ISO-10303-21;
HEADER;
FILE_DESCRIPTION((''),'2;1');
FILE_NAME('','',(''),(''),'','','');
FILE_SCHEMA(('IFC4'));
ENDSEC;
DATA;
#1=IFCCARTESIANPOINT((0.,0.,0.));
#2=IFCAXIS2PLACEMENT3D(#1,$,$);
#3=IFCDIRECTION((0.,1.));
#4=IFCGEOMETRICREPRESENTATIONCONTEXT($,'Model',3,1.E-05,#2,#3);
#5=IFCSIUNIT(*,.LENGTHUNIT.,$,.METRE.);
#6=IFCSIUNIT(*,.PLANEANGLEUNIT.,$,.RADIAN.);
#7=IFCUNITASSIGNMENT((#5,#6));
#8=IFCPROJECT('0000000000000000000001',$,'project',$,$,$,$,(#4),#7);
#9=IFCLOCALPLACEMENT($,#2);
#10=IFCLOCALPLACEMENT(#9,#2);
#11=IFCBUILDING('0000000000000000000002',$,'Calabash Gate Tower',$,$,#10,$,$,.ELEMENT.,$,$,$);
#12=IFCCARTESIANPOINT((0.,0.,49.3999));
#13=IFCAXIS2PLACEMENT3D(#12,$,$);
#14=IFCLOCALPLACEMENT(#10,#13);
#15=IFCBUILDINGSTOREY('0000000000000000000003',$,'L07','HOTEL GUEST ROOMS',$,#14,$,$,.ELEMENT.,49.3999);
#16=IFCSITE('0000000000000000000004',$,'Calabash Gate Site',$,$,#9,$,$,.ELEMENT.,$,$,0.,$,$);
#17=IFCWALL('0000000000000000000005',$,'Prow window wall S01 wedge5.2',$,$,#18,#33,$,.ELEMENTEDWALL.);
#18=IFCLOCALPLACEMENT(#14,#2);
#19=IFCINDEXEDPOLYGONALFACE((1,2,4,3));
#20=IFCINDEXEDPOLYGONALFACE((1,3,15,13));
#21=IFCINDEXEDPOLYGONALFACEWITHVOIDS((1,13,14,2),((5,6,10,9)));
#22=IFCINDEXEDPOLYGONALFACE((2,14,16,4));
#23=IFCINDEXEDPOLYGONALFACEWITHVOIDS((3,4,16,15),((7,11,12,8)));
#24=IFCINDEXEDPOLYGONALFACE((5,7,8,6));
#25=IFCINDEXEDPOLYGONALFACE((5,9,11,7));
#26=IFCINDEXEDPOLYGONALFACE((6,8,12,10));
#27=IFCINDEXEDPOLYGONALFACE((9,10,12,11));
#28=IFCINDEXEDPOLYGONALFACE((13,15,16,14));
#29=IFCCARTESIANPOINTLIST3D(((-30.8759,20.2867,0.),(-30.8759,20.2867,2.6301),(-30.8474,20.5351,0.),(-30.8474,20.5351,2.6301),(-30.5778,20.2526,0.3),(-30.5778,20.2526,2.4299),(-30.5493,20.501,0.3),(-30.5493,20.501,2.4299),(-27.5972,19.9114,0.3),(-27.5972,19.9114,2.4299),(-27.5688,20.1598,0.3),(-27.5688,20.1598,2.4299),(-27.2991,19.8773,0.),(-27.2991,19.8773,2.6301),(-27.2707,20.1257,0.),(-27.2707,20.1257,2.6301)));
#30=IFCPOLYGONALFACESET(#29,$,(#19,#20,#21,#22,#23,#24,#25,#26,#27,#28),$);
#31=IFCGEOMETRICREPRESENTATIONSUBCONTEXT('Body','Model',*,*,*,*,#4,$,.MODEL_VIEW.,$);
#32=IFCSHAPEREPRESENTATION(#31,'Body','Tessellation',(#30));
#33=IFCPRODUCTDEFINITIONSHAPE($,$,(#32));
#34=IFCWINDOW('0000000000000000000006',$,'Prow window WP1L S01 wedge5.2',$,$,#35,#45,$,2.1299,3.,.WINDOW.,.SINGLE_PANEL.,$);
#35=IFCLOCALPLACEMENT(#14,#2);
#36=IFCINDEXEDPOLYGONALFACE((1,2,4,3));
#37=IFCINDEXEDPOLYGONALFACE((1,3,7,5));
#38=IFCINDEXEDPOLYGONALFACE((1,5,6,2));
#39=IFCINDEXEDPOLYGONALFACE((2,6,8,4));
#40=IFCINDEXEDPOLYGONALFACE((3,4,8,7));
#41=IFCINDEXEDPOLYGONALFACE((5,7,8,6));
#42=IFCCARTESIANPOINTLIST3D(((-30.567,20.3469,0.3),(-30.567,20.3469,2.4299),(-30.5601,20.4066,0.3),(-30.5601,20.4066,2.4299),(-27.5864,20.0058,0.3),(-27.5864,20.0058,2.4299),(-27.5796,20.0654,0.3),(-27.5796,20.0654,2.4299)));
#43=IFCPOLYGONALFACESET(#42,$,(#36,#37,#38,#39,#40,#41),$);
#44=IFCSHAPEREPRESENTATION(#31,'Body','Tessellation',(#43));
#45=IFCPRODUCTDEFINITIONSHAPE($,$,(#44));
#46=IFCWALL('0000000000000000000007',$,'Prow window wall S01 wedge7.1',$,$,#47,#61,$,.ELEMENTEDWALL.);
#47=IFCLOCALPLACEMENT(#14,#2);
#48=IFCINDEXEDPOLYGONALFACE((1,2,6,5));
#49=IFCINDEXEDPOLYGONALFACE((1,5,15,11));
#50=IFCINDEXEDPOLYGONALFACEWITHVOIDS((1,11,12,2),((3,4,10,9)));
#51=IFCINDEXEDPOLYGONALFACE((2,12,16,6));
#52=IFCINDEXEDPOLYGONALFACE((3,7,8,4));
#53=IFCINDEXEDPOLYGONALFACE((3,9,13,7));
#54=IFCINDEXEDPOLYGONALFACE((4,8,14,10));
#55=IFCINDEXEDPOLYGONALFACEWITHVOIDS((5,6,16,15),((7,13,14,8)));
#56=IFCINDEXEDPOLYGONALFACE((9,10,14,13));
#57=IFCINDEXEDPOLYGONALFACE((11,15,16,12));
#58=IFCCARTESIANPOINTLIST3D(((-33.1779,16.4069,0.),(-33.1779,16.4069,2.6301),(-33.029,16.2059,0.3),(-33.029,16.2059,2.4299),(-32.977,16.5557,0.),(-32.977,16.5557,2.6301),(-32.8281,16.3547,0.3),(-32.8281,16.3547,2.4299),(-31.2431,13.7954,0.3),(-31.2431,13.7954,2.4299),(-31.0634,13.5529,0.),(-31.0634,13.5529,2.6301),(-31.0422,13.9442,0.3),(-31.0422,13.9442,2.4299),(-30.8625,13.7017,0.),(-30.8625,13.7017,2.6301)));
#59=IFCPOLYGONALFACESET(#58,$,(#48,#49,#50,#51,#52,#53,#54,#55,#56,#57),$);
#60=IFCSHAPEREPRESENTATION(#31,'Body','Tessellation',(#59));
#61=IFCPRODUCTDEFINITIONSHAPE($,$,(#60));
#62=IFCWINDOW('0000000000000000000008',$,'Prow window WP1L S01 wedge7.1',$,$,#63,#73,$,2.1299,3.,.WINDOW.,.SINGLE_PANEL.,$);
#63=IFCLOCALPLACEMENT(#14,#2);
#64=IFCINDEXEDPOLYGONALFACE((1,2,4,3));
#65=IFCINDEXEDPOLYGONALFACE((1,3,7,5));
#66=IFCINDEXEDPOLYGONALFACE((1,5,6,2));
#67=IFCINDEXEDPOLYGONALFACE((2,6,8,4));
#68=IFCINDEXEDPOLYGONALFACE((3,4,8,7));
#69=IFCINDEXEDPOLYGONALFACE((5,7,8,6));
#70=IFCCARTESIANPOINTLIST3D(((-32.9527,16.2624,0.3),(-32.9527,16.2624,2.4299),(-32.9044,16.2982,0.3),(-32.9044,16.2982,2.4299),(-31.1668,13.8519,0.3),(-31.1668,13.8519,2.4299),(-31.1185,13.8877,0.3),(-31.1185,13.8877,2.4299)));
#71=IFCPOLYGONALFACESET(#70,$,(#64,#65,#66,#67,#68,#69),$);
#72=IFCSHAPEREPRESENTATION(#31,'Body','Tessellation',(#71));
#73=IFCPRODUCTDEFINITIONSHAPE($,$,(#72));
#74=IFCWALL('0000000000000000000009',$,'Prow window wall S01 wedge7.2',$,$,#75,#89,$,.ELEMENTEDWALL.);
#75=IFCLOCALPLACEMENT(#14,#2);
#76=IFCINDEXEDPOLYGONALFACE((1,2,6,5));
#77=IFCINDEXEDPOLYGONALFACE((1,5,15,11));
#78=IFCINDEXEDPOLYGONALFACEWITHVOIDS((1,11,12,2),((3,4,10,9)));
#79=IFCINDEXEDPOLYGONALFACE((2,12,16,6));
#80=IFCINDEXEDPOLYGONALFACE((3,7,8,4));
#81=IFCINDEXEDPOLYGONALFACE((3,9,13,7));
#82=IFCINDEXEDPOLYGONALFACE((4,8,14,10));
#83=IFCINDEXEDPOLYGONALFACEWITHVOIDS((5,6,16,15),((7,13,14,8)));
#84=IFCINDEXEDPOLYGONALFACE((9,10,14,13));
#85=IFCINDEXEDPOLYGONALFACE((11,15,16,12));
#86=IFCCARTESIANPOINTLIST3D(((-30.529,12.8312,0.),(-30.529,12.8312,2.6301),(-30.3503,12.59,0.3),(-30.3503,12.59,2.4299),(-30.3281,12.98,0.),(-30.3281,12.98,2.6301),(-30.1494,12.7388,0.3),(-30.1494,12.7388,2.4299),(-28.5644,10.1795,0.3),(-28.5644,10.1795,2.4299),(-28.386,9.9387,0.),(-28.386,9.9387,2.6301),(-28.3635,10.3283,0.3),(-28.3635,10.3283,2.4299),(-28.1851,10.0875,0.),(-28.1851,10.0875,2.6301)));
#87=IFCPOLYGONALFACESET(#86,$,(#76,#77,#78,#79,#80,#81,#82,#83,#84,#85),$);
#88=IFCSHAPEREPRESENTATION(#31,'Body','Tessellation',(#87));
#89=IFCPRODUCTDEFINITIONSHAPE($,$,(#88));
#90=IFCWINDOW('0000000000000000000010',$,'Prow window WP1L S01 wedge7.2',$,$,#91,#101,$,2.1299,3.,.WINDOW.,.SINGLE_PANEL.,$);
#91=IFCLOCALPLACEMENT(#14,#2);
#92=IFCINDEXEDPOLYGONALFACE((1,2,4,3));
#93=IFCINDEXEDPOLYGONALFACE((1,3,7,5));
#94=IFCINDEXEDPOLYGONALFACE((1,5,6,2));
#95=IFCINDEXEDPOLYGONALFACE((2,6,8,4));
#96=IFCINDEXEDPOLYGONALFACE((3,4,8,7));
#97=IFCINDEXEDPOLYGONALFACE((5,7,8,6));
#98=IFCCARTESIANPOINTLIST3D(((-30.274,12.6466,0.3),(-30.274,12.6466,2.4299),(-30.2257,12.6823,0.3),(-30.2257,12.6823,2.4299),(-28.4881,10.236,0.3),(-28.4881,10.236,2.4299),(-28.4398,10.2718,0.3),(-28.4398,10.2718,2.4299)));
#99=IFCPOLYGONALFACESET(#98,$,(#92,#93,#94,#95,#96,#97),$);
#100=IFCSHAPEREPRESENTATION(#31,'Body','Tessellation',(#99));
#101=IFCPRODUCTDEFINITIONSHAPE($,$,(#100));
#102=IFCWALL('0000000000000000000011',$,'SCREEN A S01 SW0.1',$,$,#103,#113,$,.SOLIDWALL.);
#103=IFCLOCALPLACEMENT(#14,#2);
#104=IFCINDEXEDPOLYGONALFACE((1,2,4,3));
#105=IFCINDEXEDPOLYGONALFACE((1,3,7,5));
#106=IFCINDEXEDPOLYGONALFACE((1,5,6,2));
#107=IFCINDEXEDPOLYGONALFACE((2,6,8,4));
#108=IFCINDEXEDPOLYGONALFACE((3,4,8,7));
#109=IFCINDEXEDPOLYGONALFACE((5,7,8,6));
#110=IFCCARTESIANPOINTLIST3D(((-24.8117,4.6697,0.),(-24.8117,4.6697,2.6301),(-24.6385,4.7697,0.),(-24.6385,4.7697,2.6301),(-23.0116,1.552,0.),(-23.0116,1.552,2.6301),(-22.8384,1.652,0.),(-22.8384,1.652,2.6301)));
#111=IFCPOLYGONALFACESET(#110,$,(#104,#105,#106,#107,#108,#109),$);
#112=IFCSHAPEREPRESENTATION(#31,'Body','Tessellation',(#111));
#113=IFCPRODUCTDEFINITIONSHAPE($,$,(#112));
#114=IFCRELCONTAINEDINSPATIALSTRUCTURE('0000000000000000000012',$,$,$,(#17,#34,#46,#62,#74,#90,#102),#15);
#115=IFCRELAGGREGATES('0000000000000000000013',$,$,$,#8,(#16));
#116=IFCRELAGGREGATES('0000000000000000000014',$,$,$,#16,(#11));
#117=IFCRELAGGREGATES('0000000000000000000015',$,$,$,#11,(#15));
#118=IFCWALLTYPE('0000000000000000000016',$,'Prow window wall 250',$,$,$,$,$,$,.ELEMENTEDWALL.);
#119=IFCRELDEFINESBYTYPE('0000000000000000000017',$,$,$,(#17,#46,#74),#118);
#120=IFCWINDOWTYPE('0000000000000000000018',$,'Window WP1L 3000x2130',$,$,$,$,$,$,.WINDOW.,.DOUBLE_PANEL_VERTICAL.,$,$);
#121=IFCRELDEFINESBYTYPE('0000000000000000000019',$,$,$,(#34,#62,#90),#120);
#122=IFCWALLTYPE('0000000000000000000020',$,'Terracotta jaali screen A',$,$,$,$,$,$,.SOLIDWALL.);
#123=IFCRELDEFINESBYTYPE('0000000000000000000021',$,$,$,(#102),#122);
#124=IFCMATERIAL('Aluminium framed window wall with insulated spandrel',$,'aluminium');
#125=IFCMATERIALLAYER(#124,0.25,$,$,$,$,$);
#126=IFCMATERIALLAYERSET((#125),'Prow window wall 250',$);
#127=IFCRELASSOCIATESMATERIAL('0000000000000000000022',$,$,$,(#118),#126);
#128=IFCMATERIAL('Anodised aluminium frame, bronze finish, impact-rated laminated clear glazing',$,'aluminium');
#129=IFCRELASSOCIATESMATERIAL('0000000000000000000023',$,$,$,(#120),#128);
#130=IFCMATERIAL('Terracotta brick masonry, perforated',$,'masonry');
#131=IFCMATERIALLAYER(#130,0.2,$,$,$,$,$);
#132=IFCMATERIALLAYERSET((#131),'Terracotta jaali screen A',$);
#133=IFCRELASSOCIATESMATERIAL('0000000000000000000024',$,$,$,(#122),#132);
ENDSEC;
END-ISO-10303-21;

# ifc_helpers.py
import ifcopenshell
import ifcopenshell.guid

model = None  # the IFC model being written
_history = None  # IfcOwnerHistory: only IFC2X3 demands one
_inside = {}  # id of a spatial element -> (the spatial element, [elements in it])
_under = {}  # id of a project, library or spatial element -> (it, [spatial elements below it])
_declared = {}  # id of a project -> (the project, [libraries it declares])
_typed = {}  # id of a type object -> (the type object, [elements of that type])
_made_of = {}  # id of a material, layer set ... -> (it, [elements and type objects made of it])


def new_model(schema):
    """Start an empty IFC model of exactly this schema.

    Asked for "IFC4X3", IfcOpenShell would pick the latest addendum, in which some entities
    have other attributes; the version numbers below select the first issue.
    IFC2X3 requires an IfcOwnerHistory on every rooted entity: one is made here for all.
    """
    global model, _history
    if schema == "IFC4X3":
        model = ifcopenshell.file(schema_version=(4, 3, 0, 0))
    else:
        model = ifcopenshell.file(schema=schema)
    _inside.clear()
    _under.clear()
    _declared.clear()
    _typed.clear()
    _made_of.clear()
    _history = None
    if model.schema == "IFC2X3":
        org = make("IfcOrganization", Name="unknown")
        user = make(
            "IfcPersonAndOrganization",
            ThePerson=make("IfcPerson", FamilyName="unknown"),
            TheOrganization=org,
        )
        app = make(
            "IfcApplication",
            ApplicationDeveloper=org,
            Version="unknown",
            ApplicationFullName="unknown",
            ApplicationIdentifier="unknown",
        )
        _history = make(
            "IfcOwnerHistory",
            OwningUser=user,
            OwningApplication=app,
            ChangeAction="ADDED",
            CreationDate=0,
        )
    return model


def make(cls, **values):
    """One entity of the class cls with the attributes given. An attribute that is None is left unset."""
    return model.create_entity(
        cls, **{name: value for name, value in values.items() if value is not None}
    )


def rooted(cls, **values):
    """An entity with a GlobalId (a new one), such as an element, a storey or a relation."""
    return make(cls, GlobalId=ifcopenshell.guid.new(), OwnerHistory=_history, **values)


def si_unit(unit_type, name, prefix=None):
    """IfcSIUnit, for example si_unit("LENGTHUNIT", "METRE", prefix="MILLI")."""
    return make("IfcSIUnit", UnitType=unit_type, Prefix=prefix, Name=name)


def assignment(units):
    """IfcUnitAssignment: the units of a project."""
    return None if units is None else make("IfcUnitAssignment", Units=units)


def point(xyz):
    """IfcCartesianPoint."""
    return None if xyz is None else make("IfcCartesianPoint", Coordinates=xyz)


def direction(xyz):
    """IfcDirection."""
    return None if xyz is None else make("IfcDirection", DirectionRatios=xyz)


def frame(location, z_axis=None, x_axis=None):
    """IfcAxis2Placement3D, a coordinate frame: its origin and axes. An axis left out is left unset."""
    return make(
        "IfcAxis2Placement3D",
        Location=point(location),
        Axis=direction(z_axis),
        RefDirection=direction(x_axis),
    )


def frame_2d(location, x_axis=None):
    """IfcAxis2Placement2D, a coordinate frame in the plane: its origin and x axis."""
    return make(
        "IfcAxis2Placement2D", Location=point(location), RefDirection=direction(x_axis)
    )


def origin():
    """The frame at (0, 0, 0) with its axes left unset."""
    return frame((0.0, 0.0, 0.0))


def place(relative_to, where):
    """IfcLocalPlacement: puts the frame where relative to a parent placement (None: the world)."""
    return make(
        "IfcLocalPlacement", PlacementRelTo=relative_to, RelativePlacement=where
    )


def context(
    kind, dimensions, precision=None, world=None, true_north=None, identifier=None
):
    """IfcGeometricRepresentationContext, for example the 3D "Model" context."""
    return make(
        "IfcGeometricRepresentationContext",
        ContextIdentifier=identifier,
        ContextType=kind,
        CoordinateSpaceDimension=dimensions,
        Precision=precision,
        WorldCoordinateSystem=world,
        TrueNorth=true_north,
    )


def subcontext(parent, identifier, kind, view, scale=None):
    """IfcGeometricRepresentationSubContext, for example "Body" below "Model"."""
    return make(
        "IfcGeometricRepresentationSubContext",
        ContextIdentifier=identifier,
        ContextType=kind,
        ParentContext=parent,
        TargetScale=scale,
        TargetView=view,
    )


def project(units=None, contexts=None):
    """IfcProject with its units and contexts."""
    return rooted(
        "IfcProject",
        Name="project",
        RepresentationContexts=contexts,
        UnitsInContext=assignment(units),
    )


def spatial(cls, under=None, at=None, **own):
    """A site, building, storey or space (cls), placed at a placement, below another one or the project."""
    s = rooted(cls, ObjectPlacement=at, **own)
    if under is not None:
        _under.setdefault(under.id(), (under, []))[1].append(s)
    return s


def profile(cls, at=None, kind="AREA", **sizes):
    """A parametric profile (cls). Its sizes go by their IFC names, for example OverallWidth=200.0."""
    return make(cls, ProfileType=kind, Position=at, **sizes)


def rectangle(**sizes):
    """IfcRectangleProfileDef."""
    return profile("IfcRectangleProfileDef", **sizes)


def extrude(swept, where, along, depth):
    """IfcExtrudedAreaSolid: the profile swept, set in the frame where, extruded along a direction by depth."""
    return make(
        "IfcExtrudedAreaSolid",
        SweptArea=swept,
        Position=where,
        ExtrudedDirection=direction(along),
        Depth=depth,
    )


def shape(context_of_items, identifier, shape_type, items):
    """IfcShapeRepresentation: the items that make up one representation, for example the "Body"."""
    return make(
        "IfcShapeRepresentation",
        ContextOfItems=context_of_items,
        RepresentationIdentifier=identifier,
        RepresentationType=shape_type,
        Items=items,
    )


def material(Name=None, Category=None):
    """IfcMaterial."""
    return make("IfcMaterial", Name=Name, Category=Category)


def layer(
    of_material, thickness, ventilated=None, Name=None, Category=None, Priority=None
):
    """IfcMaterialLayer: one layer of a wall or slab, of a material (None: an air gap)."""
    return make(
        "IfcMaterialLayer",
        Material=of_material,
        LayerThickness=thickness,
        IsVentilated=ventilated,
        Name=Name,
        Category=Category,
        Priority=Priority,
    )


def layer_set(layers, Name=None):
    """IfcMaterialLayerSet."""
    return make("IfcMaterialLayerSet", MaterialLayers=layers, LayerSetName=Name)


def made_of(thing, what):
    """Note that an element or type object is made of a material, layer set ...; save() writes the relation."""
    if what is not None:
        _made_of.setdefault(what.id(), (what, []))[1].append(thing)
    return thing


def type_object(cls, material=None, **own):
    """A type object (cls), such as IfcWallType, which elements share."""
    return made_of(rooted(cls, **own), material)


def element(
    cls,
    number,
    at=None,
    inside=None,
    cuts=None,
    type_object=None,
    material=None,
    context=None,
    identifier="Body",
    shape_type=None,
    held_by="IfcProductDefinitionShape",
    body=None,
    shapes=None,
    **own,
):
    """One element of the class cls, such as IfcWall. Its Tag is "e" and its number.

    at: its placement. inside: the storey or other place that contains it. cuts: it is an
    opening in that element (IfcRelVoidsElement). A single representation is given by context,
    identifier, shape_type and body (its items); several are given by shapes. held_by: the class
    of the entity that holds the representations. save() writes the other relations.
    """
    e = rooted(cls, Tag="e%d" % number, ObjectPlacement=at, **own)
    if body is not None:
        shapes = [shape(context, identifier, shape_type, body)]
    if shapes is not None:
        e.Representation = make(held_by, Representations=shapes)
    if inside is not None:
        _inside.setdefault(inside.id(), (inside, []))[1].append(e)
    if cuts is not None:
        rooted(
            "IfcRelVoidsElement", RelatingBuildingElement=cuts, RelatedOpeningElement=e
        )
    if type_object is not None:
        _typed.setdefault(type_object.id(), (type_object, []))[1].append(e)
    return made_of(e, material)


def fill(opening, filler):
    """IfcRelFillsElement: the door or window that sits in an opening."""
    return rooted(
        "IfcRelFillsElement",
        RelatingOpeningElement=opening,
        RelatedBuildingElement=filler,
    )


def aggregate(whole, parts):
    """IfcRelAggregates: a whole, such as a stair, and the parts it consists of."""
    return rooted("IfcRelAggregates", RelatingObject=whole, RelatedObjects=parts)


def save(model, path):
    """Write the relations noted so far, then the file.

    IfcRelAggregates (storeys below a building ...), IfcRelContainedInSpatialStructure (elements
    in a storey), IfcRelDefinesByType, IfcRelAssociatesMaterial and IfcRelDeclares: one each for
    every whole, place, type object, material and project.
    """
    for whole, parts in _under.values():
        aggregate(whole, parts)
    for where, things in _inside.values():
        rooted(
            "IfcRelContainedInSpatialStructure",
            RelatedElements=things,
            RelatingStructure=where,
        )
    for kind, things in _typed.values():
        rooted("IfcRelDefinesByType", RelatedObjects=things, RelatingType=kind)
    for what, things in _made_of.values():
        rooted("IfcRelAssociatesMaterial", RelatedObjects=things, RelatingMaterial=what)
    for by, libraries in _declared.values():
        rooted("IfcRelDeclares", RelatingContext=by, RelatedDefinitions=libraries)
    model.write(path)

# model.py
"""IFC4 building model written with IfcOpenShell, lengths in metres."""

from ifc_helpers import new_model, si_unit, direction, frame, frame_2d, origin, place, context, subcontext, project, spatial, rectangle, extrude, material, layer, layer_set, type_object, element, fill, save


model = new_model("IFC4")

# Units and contexts
model_context = context("Model", 3, precision=1e-05, world=origin(), true_north=direction((0.0, 1.0)))
body_context = subcontext(model_context, "Body", "Model", "MODEL_VIEW")
ifc_project = project(units=[si_unit("LENGTHUNIT", "METRE"), si_unit("PLANEANGLEUNIT", "RADIAN")], contexts=[model_context])

# Site, building, storey
site_placement = place(None, origin())
site = spatial("IfcSite", under=ifc_project, at=site_placement, Name="Calabash Gate Site", CompositionType="ELEMENT", RefElevation=0.0)
building_placement = place(site_placement, origin())
building = spatial("IfcBuilding", under=site, at=building_placement, Name="Calabash Gate Tower", CompositionType="ELEMENT")
storey_placement = place(building_placement, frame((0.0, 0.0, 49.3999)))
storey = spatial("IfcBuildingStorey", under=building, at=storey_placement, Name="L07", Description="HOTEL GUEST ROOMS", CompositionType="ELEMENT", Elevation=49.3999)

# Walls, openings, windows
ifc_material_1 = material(Name="Aluminium framed window wall with insulated spandrel", Category="aluminium")
ifc_layer_1 = layer(ifc_material_1, 0.25)
ifc_layer_set_1 = layer_set([ifc_layer_1], Name="Prow window wall 250")
wall_type_1 = type_object("IfcWallType", Name="Prow window wall 250", PredefinedType="ELEMENTEDWALL", material=ifc_layer_set_1)
wall_1_placement = place(storey_placement, frame((-27.2849, 20.0015, 0.0), z_axis=(0.0, 0.0, 1.0), x_axis=(-0.993512, 0.113728, 0.0)))
wall_1 = element("IfcWall", 1, at=wall_1_placement, inside=storey, type_object=wall_type_1, Name="Prow window wall S01 wedge5.2", PredefinedType="ELEMENTEDWALL", context=body_context, shape_type="SweptSolid", body=[
    extrude(rectangle(XDim=3.6001, YDim=0.25, at=frame_2d((1.8, 0.0))), origin(), (0.0, 0.0, 1.0), 2.6301),
])
opening_1_placement = place(wall_1_placement, frame((0.3, 0.0, 0.3)))
opening_1 = element("IfcOpeningElement", 2, at=opening_1_placement, cuts=wall_1, PredefinedType="OPENING", context=body_context, shape_type="SweptSolid", body=[
    extrude(rectangle(XDim=3.0, YDim=2.1299, at=frame_2d((1.5, 1.0649))), frame((0.0, 0.135, 0.0), z_axis=(0.0, -1.0, 0.0), x_axis=(1.0, 0.0, 0.0)), (0.0, 0.0, 1.0), 0.27),
])
ifc_material_2 = material(Name="Anodised aluminium frame, bronze finish, impact-rated laminated clear glazing", Category="aluminium")
window_type = type_object("IfcWindowType", Name="Window WP1L 3000x2130", PartitioningType="DOUBLE_PANEL_VERTICAL", PredefinedType="WINDOW", material=ifc_material_2)
window_1_placement = place(opening_1_placement, origin())
window_1 = element("IfcWindow", 3, at=window_1_placement, inside=storey, type_object=window_type, Name="Prow window WP1L S01 wedge5.2", OverallHeight=2.1299, OverallWidth=3.0, PartitioningType="SINGLE_PANEL", PredefinedType="WINDOW", context=body_context, shape_type="SweptSolid", body=[
    extrude(rectangle(XDim=3.0, YDim=2.1299, at=frame_2d((1.5, 1.0649))), frame((0.0, 0.03, 0.0), z_axis=(0.0, -1.0, 0.0), x_axis=(1.0, 0.0, 0.0)), (0.0, 0.0, 1.0), 0.0601),
])
fill(opening_1, window_1)
wall_2_placement = place(storey_placement, frame((-33.0774, 16.4812, 0.0), z_axis=(0.0, 0.0, 1.0), x_axis=(0.595305, -0.8035, 0.0)))
wall_2 = element("IfcWall", 4, at=wall_2_placement, inside=storey, type_object=wall_type_1, Name="Prow window wall S01 wedge7.1", PredefinedType="ELEMENTEDWALL", context=body_context, shape_type="SweptSolid", body=[
    extrude(rectangle(XDim=3.552, YDim=0.25, at=frame_2d((1.7759, 0.0))), origin(), (0.0, 0.0, 1.0), 2.6301),
])
opening_2_placement = place(wall_2_placement, frame((0.25, 0.0, 0.3)))
opening_2 = element("IfcOpeningElement", 5, at=opening_2_placement, cuts=wall_2, PredefinedType="OPENING", context=body_context, shape_type="SweptSolid", body=[
    extrude(rectangle(XDim=3.0, YDim=2.1299, at=frame_2d((1.5, 1.0649))), frame((0.0, 0.135, 0.0), z_axis=(0.0, -1.0, 0.0), x_axis=(1.0, 0.0, 0.0)), (0.0, 0.0, 1.0), 0.27),
])
window_2_placement = place(opening_2_placement, origin())
window_2 = element("IfcWindow", 6, at=window_2_placement, inside=storey, type_object=window_type, Name="Prow window WP1L S01 wedge7.1", OverallHeight=2.1299, OverallWidth=3.0, PartitioningType="SINGLE_PANEL", PredefinedType="WINDOW", context=body_context, shape_type="SweptSolid", body=[
    extrude(rectangle(XDim=3.0, YDim=2.1299, at=frame_2d((1.5, 1.0649))), frame((0.0, 0.03, 0.0), z_axis=(0.0, -1.0, 0.0), x_axis=(1.0, 0.0, 0.0)), (0.0, 0.0, 1.0), 0.0601),
])
fill(opening_2, window_2)
wall_3_placement = place(storey_placement, frame((-30.4285, 12.9055, 0.0), z_axis=(0.0, 0.0, 1.0), x_axis=(0.595302, -0.803502, 0.0)))
wall_3 = element("IfcWall", 7, at=wall_3_placement, inside=storey, type_object=wall_type_1, Name="Prow window wall S01 wedge7.2", PredefinedType="ELEMENTEDWALL", context=body_context, shape_type="SweptSolid", body=[
    extrude(rectangle(XDim=3.5999, YDim=0.25, at=frame_2d((1.7998, 0.0))), origin(), (0.0, 0.0, 1.0), 2.6301),
])
opening_3_placement = place(wall_3_placement, frame((0.3, 0.0, 0.3)))
opening_3 = element("IfcOpeningElement", 8, at=opening_3_placement, cuts=wall_3, PredefinedType="OPENING", context=body_context, shape_type="SweptSolid", body=[
    extrude(rectangle(XDim=3.0, YDim=2.1299, at=frame_2d((1.5, 1.0649))), frame((0.0, 0.135, 0.0), z_axis=(0.0, -1.0, 0.0), x_axis=(1.0, 0.0, 0.0)), (0.0, 0.0, 1.0), 0.27),
])
window_3_placement = place(opening_3_placement, origin())
window_3 = element("IfcWindow", 9, at=window_3_placement, inside=storey, type_object=window_type, Name="Prow window WP1L S01 wedge7.2", OverallHeight=2.1299, OverallWidth=3.0, PartitioningType="SINGLE_PANEL", PredefinedType="WINDOW", context=body_context, shape_type="SweptSolid", body=[
    extrude(rectangle(XDim=3.0, YDim=2.1299, at=frame_2d((1.5, 1.0649))), frame((0.0, 0.03, 0.0), z_axis=(0.0, -1.0, 0.0), x_axis=(1.0, 0.0, 0.0)), (0.0, 0.0, 1.0), 0.0601),
])
fill(opening_3, window_3)

# Wall
ifc_material_3 = material(Name="Terracotta brick masonry, perforated", Category="masonry")
ifc_layer_2 = layer(ifc_material_3, 0.2)
ifc_layer_set_2 = layer_set([ifc_layer_2], Name="Terracotta jaali screen A")
wall_type_2 = type_object("IfcWallType", Name="Terracotta jaali screen A", PredefinedType="SOLIDWALL", material=ifc_layer_set_2)
wall_4_placement = place(storey_placement, frame((-24.7251, 4.7197, 0.0), z_axis=(0.0, 0.0, 1.0), x_axis=(0.500012, -0.866018, 0.0)))
element("IfcWall", 10, at=wall_4_placement, inside=storey, type_object=wall_type_2, Name="SCREEN A S01 SW0.1", PredefinedType="SOLIDWALL", context=body_context, shape_type="SweptSolid", body=[
    extrude(rectangle(XDim=3.6001, YDim=0.2, at=frame_2d((1.8, 0.0))), origin(), (0.0, 0.0, 1.0), 2.6301),
])

save(model, "model.ifc")
